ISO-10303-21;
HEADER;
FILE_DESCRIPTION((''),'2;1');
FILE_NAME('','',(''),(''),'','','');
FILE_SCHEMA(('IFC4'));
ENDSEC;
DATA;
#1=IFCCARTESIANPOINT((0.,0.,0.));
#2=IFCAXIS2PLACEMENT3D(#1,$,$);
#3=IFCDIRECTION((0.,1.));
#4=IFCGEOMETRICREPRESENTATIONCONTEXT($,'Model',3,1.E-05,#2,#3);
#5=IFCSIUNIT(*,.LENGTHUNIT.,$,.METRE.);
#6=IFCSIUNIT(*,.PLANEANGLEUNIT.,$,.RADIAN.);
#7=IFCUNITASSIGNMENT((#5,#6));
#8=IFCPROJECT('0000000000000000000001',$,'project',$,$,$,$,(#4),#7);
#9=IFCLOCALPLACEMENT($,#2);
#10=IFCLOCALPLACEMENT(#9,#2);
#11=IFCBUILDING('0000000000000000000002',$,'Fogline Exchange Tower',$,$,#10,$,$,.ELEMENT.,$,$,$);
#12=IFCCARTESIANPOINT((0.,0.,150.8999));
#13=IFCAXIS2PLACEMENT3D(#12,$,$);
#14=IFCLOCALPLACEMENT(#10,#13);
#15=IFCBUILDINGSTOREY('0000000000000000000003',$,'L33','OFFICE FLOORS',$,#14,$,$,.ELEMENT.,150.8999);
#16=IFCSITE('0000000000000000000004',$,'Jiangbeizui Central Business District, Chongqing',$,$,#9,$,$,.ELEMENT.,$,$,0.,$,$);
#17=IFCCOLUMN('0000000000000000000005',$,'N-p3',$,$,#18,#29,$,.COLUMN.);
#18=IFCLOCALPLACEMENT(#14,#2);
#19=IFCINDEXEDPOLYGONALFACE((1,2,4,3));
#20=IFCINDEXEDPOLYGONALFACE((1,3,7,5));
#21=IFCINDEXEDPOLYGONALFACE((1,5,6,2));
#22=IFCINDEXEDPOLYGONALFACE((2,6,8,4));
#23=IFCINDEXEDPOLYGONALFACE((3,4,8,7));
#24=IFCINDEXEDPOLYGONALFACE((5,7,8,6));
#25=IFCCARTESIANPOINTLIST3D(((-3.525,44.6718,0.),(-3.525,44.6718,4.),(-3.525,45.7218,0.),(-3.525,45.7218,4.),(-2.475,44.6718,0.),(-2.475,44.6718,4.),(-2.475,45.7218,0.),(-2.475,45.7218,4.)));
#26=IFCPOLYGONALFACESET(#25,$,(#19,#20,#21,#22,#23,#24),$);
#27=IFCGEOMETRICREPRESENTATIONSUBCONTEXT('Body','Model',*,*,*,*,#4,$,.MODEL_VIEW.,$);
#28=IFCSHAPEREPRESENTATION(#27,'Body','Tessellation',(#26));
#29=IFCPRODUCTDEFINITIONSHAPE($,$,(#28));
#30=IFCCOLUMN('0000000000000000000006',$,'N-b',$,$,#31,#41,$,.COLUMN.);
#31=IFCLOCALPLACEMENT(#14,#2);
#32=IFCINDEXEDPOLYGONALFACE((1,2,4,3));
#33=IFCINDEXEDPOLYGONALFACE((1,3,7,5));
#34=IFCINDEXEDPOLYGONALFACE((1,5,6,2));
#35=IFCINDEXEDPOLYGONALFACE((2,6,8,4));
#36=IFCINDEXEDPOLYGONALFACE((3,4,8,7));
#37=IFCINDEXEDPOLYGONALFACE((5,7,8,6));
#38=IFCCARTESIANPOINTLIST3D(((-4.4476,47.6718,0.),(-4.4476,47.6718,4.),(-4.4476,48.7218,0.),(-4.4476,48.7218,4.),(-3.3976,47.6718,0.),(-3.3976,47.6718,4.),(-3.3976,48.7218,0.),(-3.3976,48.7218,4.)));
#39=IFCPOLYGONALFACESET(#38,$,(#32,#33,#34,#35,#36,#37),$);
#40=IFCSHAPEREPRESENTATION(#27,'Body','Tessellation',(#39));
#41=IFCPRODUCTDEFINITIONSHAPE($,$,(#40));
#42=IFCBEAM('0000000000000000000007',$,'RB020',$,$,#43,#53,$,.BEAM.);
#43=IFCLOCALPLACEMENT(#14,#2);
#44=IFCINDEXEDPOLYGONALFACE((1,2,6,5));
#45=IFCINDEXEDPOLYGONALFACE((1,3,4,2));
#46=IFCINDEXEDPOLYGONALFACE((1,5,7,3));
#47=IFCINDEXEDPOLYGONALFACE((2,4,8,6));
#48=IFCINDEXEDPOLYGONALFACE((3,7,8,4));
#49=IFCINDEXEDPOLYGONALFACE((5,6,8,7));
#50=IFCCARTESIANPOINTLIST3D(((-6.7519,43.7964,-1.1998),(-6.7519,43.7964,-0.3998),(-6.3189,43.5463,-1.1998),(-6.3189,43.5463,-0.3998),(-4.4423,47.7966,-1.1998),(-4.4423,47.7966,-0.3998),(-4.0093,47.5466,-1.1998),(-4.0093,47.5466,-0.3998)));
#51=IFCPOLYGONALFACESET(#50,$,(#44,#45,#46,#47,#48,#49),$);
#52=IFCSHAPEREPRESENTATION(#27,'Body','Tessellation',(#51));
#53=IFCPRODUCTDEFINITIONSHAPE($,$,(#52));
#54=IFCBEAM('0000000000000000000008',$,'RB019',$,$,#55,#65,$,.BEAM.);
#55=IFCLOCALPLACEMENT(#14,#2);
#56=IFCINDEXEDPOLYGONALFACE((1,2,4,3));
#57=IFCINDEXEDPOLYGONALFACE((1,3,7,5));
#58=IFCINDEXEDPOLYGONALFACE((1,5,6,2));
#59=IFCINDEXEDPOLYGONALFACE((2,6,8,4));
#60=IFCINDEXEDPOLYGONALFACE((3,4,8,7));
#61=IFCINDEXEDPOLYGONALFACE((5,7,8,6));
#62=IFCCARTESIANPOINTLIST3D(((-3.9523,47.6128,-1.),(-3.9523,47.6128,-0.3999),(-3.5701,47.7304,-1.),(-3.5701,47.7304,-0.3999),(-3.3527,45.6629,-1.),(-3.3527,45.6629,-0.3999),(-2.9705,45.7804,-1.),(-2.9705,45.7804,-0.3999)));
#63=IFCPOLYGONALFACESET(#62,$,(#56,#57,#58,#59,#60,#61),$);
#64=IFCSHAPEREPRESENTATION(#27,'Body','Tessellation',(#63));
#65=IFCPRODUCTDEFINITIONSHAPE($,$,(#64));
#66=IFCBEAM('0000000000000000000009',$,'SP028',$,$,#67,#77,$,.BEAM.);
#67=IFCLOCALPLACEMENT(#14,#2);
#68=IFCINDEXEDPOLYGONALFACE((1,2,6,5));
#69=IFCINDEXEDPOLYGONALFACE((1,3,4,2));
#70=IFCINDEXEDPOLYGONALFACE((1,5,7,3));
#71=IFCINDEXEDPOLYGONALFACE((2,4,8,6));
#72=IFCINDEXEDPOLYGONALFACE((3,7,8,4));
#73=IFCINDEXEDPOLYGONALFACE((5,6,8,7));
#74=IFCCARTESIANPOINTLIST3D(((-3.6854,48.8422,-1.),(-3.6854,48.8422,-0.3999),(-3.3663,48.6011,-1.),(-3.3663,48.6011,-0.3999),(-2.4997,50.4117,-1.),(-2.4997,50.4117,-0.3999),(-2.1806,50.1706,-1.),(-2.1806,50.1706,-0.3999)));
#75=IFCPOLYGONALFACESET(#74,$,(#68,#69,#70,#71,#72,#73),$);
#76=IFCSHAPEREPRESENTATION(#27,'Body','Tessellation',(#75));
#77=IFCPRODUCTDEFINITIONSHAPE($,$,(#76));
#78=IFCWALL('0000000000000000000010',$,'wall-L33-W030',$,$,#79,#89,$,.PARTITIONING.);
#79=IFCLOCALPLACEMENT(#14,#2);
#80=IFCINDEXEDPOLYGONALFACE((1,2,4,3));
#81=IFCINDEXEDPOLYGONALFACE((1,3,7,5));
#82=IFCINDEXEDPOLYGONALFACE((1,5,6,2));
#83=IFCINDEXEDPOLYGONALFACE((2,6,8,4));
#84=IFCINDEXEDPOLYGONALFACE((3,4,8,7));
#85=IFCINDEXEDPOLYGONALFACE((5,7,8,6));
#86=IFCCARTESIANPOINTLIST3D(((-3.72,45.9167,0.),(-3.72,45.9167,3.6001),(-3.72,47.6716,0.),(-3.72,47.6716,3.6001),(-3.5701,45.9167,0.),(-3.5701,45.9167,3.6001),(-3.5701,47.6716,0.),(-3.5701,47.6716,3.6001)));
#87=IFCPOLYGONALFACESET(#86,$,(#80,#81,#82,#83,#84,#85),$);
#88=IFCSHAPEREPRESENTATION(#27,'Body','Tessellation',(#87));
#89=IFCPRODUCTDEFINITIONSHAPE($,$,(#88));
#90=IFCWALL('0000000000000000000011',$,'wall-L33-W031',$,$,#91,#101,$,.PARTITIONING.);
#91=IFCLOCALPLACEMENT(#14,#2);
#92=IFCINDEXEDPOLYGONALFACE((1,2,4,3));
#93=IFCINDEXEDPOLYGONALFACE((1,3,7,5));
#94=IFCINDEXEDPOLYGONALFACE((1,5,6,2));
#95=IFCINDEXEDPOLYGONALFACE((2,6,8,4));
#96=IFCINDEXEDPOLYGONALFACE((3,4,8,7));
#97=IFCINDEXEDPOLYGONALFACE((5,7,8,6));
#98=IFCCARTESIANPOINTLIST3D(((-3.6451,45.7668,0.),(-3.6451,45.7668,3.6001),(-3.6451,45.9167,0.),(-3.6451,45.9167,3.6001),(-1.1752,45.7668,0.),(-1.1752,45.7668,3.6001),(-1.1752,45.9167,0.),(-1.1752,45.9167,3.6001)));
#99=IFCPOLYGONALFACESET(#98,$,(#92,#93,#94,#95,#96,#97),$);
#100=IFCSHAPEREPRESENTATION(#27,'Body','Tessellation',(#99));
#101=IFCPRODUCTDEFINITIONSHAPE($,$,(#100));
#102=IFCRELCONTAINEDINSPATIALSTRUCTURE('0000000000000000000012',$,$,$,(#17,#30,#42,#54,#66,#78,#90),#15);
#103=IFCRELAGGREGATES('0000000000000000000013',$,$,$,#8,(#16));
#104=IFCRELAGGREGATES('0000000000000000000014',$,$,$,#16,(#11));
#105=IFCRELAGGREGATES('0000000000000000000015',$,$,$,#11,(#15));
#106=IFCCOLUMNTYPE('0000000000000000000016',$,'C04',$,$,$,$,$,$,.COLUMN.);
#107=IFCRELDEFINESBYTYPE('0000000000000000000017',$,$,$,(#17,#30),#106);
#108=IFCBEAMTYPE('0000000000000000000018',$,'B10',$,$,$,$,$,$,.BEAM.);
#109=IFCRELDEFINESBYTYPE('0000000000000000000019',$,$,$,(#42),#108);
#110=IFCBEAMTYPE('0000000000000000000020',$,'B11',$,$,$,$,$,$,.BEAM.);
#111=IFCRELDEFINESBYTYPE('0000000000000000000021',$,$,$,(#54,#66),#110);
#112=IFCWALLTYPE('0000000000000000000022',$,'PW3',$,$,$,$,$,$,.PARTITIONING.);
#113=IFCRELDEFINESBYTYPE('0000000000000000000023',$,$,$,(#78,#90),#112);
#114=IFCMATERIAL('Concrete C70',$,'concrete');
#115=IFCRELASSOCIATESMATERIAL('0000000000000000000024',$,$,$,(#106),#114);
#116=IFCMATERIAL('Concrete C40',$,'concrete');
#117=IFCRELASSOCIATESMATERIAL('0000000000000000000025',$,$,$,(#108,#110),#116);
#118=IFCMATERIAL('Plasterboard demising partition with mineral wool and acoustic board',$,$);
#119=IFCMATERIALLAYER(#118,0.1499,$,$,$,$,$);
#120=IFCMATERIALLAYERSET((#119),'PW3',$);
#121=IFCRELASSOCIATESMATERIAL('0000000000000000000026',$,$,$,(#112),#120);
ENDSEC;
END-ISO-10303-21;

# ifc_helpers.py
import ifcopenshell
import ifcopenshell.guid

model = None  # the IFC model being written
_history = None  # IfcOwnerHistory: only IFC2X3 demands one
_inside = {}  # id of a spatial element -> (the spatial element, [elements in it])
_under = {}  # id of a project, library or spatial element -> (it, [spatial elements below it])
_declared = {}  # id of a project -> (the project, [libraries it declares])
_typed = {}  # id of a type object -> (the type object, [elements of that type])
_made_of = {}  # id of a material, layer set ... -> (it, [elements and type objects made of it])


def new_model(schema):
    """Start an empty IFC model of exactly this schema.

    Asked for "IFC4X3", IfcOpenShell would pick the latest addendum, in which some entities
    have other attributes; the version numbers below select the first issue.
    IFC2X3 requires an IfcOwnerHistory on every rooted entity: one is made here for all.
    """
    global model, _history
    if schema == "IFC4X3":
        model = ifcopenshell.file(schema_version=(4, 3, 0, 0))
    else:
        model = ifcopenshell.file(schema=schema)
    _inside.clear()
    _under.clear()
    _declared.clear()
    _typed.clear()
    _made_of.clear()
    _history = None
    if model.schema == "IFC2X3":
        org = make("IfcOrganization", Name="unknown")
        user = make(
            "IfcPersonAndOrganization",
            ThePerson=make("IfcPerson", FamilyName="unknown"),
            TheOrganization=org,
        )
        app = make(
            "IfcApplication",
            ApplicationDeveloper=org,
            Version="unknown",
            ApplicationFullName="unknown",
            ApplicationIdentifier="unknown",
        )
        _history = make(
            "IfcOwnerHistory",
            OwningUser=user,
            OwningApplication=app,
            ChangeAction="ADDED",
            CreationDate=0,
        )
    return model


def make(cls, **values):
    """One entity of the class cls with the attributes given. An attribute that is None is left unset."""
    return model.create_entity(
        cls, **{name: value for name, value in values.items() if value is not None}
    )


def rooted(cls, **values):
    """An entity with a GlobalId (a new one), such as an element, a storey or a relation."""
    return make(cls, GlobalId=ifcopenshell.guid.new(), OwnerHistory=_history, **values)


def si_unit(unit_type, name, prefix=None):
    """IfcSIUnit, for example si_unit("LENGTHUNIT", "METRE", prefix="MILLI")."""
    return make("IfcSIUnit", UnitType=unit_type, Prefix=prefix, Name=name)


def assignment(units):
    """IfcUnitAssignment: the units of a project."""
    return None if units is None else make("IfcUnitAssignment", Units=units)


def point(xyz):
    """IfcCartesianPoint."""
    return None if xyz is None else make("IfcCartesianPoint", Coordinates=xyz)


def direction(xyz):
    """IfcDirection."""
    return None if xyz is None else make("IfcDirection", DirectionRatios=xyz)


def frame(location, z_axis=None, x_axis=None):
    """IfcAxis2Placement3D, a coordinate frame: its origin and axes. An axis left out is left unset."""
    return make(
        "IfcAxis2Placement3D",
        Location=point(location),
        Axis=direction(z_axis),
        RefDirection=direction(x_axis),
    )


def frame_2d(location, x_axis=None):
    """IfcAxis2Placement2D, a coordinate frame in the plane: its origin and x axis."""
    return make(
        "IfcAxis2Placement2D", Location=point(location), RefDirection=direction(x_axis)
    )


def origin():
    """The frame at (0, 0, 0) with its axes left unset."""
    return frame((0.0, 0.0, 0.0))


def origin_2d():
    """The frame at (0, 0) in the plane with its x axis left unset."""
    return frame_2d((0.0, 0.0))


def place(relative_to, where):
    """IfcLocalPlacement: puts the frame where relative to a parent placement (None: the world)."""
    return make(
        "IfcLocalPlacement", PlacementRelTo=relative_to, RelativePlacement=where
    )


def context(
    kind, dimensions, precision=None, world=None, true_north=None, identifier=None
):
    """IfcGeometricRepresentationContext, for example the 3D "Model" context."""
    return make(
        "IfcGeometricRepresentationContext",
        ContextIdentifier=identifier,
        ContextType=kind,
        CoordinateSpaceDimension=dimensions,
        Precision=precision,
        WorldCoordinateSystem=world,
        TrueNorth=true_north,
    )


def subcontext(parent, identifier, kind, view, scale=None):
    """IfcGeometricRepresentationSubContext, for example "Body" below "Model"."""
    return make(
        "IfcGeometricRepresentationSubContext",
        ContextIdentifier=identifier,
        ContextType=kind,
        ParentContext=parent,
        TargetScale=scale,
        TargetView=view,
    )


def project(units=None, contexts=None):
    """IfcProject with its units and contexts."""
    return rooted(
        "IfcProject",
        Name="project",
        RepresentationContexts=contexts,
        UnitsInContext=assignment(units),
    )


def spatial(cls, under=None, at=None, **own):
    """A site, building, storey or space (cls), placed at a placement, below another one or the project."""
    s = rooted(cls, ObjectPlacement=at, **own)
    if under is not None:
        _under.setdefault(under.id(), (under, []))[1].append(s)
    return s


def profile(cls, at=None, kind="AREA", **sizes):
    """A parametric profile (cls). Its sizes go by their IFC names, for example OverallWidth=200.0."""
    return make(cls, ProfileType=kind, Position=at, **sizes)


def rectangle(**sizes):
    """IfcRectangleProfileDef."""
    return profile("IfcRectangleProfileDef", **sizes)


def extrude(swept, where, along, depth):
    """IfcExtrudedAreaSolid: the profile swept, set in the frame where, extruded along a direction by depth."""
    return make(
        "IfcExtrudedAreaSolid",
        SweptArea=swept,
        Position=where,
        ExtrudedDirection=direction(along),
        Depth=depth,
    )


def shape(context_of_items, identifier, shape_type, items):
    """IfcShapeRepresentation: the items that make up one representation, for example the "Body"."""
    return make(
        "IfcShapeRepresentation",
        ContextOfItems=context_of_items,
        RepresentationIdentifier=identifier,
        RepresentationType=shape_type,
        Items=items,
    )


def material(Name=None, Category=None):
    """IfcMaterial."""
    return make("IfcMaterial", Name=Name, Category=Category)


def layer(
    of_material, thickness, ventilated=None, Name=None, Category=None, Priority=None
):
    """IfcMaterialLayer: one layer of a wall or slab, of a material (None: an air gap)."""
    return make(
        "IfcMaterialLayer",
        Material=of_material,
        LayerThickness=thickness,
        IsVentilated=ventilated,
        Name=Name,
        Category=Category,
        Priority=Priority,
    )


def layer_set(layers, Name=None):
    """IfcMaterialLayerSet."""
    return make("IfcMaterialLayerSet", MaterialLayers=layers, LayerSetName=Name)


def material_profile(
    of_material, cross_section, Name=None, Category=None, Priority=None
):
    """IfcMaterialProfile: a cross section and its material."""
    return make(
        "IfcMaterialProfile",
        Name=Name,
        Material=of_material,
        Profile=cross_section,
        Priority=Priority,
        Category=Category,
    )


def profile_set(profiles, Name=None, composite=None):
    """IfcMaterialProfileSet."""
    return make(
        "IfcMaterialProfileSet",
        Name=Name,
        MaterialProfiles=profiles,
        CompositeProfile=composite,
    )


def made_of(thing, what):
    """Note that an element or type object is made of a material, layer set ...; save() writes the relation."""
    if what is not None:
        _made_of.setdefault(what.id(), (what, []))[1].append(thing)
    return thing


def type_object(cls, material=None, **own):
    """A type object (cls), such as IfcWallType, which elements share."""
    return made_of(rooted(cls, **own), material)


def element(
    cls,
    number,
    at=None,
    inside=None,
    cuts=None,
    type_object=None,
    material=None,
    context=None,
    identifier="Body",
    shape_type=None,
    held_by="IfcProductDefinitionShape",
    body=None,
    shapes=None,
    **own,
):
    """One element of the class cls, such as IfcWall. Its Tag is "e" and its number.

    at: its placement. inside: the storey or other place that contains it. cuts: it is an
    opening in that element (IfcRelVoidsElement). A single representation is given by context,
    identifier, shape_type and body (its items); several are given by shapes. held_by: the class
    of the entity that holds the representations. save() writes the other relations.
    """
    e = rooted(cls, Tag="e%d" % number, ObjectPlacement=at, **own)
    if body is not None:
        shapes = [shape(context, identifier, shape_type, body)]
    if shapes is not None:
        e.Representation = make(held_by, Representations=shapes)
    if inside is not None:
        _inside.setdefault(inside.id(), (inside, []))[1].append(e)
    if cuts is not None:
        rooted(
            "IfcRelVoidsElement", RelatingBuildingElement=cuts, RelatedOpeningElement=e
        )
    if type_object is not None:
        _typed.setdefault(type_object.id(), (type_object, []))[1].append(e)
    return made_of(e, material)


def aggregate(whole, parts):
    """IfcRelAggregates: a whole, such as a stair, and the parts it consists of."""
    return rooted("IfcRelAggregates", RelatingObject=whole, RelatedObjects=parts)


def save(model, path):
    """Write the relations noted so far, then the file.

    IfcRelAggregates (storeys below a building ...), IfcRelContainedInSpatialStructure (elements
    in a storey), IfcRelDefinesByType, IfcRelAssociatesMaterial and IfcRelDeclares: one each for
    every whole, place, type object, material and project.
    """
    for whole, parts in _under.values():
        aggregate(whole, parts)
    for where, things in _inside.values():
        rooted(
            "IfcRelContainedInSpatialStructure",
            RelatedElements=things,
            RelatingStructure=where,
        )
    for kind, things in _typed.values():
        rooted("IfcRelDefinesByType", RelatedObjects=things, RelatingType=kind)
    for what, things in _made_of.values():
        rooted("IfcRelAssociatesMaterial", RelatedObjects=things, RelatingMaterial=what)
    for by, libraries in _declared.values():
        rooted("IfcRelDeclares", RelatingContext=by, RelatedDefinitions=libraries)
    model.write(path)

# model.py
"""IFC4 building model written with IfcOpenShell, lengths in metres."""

from ifc_helpers import new_model, si_unit, direction, frame, frame_2d, origin, origin_2d, place, context, subcontext, project, spatial, rectangle, extrude, material, layer, layer_set, material_profile, profile_set, type_object, element, save


model = new_model("IFC4")

# Units and contexts
model_context = context("Model", 3, precision=1e-05, world=origin(), true_north=direction((0.0, 1.0)))
body_context = subcontext(model_context, "Body", "Model", "MODEL_VIEW")
ifc_project = project(units=[si_unit("LENGTHUNIT", "METRE"), si_unit("PLANEANGLEUNIT", "RADIAN")], contexts=[model_context])

# Site, building, storey
site_placement = place(None, origin())
site = spatial("IfcSite", under=ifc_project, at=site_placement, Name="Jiangbeizui Central Business District, Chongqing", CompositionType="ELEMENT", RefElevation=0.0)
building_placement = place(site_placement, origin())
building = spatial("IfcBuilding", under=site, at=building_placement, Name="Fogline Exchange Tower", CompositionType="ELEMENT")
storey_placement = place(building_placement, frame((0.0, 0.0, 150.8999)))
storey = spatial("IfcBuildingStorey", under=building, at=storey_placement, Name="L33", Description="OFFICE FLOORS", CompositionType="ELEMENT", Elevation=150.8999)

# Columns
ifc_material_1 = material(Name="Concrete C70", Category="concrete")
ifc_material_profile_1 = material_profile(ifc_material_1, rectangle(XDim=1.05, YDim=1.05, at=origin_2d()), Name="RC 1050x1050")
ifc_profile_set_1 = profile_set([ifc_material_profile_1], Name="Concrete C70")
column_type = type_object("IfcColumnType", Name="C04", PredefinedType="COLUMN", material=ifc_profile_set_1)
for number, where, z_axis, x_axis, name in (
    (1, (-3.0, 45.1968, 0.0), (0.0, 0.0, 1.0), (1.0, 0.0, 0.0), "N-p3"),
    (2, (-3.9226, 48.1968, 0.0), (0.0, 0.0, 1.0), (1.0, 0.0, 0.0), "N-b"),
):
    element("IfcColumn", number, at=place(storey_placement, frame(where, z_axis=z_axis, x_axis=x_axis)), inside=storey, type_object=column_type, Name=name, PredefinedType="COLUMN", context=body_context, shape_type="SweptSolid", body=[
        extrude(rectangle(XDim=1.05, YDim=1.05, at=origin_2d()), origin(), (0.0, 0.0, 1.0), 4.0),
    ])

# Beams
ifc_material_2 = material(Name="Concrete C40", Category="concrete")
ifc_material_profile_2 = material_profile(ifc_material_2, rectangle(XDim=0.5, YDim=0.8, at=origin_2d()), Name="RC 500x800")
ifc_profile_set_2 = profile_set([ifc_material_profile_2], Name="Concrete C40")
beam_type_1 = type_object("IfcBeamType", Name="B10", PredefinedType="BEAM", material=ifc_profile_set_2)
beam_1_placement = place(storey_placement, frame((-4.2258, 47.6716, -0.7998), z_axis=(-0.500005, -0.866023, 0.0), x_axis=(0.866023, -0.500005, 0.0)))
element("IfcBeam", 3, at=beam_1_placement, inside=storey, type_object=beam_type_1, Name="RB020", PredefinedType="BEAM", context=body_context, shape_type="SweptSolid", body=[
    extrude(rectangle(XDim=0.5, YDim=0.8, at=origin_2d()), origin(), (0.0, 0.0, 1.0), 4.6191),
])
ifc_material_profile_3 = material_profile(ifc_material_2, rectangle(XDim=0.3999, YDim=0.6001, at=origin_2d()), Name="RC 400x600")
ifc_profile_set_3 = profile_set([ifc_material_profile_3], Name="Concrete C40")
beam_type_2 = type_object("IfcBeamType", Name="B11", PredefinedType="BEAM", material=ifc_profile_set_3)
beam_2_placement = place(storey_placement, frame((-3.1616, 45.7217, -0.7), z_axis=(-0.293918, 0.955831, 0.0), x_axis=(-0.955831, -0.293918, 0.0)))
element("IfcBeam", 4, at=beam_2_placement, inside=storey, type_object=beam_type_2, Name="RB019", PredefinedType="BEAM", context=body_context, shape_type="SweptSolid", body=[
    extrude(rectangle(XDim=0.3999, YDim=0.6001, at=origin_2d()), origin(), (0.0, 0.0, 1.0), 2.04),
])
beam_3_placement = place(storey_placement, frame((-3.5259, 48.7217, -0.7), z_axis=(0.602796, 0.797895, 0.0), x_axis=(-0.797895, 0.602796, 0.0)))
element("IfcBeam", 5, at=beam_3_placement, inside=storey, type_object=beam_type_2, Name="SP028", PredefinedType="BEAM", context=body_context, shape_type="SweptSolid", body=[
    extrude(rectangle(XDim=0.3999, YDim=0.6001, at=origin_2d()), origin(), (0.0, 0.0, 1.0), 1.967),
])

# Walls
ifc_material_3 = material(Name="Plasterboard demising partition with mineral wool and acoustic board")
ifc_layer_1 = layer(ifc_material_3, 0.1499)
ifc_layer_set_1 = layer_set([ifc_layer_1], Name="PW3")
wall_type_1 = type_object("IfcWallType", Name="PW3", PredefinedType="PARTITIONING", material=ifc_layer_set_1)
wall_1_placement = place(storey_placement, frame((-3.645, 47.6716, 0.0), z_axis=(0.0, 0.0, 1.0), x_axis=(0.0, -1.0, 0.0)))
element("IfcWall", 6, at=wall_1_placement, inside=storey, type_object=wall_type_1, Name="wall-L33-W030", PredefinedType="PARTITIONING", context=body_context, shape_type="SweptSolid", body=[
    extrude(rectangle(XDim=1.7549, YDim=0.1499, at=frame_2d((0.8774, 0.0))), origin(), (0.0, 0.0, 1.0), 3.6001),
])
wall_2_placement = place(storey_placement, frame((-3.645, 45.8418, 0.0), z_axis=(0.0, 0.0, 1.0), x_axis=(1.0, 0.0, 0.0)))
element("IfcWall", 7, at=wall_2_placement, inside=storey, type_object=wall_type_1, Name="wall-L33-W031", PredefinedType="PARTITIONING", context=body_context, shape_type="SweptSolid", body=[
    extrude(rectangle(XDim=2.47, YDim=0.1499, at=frame_2d((1.2349, 0.0))), origin(), (0.0, 0.0, 1.0), 3.6001),
])

save(model, "model.ifc")
